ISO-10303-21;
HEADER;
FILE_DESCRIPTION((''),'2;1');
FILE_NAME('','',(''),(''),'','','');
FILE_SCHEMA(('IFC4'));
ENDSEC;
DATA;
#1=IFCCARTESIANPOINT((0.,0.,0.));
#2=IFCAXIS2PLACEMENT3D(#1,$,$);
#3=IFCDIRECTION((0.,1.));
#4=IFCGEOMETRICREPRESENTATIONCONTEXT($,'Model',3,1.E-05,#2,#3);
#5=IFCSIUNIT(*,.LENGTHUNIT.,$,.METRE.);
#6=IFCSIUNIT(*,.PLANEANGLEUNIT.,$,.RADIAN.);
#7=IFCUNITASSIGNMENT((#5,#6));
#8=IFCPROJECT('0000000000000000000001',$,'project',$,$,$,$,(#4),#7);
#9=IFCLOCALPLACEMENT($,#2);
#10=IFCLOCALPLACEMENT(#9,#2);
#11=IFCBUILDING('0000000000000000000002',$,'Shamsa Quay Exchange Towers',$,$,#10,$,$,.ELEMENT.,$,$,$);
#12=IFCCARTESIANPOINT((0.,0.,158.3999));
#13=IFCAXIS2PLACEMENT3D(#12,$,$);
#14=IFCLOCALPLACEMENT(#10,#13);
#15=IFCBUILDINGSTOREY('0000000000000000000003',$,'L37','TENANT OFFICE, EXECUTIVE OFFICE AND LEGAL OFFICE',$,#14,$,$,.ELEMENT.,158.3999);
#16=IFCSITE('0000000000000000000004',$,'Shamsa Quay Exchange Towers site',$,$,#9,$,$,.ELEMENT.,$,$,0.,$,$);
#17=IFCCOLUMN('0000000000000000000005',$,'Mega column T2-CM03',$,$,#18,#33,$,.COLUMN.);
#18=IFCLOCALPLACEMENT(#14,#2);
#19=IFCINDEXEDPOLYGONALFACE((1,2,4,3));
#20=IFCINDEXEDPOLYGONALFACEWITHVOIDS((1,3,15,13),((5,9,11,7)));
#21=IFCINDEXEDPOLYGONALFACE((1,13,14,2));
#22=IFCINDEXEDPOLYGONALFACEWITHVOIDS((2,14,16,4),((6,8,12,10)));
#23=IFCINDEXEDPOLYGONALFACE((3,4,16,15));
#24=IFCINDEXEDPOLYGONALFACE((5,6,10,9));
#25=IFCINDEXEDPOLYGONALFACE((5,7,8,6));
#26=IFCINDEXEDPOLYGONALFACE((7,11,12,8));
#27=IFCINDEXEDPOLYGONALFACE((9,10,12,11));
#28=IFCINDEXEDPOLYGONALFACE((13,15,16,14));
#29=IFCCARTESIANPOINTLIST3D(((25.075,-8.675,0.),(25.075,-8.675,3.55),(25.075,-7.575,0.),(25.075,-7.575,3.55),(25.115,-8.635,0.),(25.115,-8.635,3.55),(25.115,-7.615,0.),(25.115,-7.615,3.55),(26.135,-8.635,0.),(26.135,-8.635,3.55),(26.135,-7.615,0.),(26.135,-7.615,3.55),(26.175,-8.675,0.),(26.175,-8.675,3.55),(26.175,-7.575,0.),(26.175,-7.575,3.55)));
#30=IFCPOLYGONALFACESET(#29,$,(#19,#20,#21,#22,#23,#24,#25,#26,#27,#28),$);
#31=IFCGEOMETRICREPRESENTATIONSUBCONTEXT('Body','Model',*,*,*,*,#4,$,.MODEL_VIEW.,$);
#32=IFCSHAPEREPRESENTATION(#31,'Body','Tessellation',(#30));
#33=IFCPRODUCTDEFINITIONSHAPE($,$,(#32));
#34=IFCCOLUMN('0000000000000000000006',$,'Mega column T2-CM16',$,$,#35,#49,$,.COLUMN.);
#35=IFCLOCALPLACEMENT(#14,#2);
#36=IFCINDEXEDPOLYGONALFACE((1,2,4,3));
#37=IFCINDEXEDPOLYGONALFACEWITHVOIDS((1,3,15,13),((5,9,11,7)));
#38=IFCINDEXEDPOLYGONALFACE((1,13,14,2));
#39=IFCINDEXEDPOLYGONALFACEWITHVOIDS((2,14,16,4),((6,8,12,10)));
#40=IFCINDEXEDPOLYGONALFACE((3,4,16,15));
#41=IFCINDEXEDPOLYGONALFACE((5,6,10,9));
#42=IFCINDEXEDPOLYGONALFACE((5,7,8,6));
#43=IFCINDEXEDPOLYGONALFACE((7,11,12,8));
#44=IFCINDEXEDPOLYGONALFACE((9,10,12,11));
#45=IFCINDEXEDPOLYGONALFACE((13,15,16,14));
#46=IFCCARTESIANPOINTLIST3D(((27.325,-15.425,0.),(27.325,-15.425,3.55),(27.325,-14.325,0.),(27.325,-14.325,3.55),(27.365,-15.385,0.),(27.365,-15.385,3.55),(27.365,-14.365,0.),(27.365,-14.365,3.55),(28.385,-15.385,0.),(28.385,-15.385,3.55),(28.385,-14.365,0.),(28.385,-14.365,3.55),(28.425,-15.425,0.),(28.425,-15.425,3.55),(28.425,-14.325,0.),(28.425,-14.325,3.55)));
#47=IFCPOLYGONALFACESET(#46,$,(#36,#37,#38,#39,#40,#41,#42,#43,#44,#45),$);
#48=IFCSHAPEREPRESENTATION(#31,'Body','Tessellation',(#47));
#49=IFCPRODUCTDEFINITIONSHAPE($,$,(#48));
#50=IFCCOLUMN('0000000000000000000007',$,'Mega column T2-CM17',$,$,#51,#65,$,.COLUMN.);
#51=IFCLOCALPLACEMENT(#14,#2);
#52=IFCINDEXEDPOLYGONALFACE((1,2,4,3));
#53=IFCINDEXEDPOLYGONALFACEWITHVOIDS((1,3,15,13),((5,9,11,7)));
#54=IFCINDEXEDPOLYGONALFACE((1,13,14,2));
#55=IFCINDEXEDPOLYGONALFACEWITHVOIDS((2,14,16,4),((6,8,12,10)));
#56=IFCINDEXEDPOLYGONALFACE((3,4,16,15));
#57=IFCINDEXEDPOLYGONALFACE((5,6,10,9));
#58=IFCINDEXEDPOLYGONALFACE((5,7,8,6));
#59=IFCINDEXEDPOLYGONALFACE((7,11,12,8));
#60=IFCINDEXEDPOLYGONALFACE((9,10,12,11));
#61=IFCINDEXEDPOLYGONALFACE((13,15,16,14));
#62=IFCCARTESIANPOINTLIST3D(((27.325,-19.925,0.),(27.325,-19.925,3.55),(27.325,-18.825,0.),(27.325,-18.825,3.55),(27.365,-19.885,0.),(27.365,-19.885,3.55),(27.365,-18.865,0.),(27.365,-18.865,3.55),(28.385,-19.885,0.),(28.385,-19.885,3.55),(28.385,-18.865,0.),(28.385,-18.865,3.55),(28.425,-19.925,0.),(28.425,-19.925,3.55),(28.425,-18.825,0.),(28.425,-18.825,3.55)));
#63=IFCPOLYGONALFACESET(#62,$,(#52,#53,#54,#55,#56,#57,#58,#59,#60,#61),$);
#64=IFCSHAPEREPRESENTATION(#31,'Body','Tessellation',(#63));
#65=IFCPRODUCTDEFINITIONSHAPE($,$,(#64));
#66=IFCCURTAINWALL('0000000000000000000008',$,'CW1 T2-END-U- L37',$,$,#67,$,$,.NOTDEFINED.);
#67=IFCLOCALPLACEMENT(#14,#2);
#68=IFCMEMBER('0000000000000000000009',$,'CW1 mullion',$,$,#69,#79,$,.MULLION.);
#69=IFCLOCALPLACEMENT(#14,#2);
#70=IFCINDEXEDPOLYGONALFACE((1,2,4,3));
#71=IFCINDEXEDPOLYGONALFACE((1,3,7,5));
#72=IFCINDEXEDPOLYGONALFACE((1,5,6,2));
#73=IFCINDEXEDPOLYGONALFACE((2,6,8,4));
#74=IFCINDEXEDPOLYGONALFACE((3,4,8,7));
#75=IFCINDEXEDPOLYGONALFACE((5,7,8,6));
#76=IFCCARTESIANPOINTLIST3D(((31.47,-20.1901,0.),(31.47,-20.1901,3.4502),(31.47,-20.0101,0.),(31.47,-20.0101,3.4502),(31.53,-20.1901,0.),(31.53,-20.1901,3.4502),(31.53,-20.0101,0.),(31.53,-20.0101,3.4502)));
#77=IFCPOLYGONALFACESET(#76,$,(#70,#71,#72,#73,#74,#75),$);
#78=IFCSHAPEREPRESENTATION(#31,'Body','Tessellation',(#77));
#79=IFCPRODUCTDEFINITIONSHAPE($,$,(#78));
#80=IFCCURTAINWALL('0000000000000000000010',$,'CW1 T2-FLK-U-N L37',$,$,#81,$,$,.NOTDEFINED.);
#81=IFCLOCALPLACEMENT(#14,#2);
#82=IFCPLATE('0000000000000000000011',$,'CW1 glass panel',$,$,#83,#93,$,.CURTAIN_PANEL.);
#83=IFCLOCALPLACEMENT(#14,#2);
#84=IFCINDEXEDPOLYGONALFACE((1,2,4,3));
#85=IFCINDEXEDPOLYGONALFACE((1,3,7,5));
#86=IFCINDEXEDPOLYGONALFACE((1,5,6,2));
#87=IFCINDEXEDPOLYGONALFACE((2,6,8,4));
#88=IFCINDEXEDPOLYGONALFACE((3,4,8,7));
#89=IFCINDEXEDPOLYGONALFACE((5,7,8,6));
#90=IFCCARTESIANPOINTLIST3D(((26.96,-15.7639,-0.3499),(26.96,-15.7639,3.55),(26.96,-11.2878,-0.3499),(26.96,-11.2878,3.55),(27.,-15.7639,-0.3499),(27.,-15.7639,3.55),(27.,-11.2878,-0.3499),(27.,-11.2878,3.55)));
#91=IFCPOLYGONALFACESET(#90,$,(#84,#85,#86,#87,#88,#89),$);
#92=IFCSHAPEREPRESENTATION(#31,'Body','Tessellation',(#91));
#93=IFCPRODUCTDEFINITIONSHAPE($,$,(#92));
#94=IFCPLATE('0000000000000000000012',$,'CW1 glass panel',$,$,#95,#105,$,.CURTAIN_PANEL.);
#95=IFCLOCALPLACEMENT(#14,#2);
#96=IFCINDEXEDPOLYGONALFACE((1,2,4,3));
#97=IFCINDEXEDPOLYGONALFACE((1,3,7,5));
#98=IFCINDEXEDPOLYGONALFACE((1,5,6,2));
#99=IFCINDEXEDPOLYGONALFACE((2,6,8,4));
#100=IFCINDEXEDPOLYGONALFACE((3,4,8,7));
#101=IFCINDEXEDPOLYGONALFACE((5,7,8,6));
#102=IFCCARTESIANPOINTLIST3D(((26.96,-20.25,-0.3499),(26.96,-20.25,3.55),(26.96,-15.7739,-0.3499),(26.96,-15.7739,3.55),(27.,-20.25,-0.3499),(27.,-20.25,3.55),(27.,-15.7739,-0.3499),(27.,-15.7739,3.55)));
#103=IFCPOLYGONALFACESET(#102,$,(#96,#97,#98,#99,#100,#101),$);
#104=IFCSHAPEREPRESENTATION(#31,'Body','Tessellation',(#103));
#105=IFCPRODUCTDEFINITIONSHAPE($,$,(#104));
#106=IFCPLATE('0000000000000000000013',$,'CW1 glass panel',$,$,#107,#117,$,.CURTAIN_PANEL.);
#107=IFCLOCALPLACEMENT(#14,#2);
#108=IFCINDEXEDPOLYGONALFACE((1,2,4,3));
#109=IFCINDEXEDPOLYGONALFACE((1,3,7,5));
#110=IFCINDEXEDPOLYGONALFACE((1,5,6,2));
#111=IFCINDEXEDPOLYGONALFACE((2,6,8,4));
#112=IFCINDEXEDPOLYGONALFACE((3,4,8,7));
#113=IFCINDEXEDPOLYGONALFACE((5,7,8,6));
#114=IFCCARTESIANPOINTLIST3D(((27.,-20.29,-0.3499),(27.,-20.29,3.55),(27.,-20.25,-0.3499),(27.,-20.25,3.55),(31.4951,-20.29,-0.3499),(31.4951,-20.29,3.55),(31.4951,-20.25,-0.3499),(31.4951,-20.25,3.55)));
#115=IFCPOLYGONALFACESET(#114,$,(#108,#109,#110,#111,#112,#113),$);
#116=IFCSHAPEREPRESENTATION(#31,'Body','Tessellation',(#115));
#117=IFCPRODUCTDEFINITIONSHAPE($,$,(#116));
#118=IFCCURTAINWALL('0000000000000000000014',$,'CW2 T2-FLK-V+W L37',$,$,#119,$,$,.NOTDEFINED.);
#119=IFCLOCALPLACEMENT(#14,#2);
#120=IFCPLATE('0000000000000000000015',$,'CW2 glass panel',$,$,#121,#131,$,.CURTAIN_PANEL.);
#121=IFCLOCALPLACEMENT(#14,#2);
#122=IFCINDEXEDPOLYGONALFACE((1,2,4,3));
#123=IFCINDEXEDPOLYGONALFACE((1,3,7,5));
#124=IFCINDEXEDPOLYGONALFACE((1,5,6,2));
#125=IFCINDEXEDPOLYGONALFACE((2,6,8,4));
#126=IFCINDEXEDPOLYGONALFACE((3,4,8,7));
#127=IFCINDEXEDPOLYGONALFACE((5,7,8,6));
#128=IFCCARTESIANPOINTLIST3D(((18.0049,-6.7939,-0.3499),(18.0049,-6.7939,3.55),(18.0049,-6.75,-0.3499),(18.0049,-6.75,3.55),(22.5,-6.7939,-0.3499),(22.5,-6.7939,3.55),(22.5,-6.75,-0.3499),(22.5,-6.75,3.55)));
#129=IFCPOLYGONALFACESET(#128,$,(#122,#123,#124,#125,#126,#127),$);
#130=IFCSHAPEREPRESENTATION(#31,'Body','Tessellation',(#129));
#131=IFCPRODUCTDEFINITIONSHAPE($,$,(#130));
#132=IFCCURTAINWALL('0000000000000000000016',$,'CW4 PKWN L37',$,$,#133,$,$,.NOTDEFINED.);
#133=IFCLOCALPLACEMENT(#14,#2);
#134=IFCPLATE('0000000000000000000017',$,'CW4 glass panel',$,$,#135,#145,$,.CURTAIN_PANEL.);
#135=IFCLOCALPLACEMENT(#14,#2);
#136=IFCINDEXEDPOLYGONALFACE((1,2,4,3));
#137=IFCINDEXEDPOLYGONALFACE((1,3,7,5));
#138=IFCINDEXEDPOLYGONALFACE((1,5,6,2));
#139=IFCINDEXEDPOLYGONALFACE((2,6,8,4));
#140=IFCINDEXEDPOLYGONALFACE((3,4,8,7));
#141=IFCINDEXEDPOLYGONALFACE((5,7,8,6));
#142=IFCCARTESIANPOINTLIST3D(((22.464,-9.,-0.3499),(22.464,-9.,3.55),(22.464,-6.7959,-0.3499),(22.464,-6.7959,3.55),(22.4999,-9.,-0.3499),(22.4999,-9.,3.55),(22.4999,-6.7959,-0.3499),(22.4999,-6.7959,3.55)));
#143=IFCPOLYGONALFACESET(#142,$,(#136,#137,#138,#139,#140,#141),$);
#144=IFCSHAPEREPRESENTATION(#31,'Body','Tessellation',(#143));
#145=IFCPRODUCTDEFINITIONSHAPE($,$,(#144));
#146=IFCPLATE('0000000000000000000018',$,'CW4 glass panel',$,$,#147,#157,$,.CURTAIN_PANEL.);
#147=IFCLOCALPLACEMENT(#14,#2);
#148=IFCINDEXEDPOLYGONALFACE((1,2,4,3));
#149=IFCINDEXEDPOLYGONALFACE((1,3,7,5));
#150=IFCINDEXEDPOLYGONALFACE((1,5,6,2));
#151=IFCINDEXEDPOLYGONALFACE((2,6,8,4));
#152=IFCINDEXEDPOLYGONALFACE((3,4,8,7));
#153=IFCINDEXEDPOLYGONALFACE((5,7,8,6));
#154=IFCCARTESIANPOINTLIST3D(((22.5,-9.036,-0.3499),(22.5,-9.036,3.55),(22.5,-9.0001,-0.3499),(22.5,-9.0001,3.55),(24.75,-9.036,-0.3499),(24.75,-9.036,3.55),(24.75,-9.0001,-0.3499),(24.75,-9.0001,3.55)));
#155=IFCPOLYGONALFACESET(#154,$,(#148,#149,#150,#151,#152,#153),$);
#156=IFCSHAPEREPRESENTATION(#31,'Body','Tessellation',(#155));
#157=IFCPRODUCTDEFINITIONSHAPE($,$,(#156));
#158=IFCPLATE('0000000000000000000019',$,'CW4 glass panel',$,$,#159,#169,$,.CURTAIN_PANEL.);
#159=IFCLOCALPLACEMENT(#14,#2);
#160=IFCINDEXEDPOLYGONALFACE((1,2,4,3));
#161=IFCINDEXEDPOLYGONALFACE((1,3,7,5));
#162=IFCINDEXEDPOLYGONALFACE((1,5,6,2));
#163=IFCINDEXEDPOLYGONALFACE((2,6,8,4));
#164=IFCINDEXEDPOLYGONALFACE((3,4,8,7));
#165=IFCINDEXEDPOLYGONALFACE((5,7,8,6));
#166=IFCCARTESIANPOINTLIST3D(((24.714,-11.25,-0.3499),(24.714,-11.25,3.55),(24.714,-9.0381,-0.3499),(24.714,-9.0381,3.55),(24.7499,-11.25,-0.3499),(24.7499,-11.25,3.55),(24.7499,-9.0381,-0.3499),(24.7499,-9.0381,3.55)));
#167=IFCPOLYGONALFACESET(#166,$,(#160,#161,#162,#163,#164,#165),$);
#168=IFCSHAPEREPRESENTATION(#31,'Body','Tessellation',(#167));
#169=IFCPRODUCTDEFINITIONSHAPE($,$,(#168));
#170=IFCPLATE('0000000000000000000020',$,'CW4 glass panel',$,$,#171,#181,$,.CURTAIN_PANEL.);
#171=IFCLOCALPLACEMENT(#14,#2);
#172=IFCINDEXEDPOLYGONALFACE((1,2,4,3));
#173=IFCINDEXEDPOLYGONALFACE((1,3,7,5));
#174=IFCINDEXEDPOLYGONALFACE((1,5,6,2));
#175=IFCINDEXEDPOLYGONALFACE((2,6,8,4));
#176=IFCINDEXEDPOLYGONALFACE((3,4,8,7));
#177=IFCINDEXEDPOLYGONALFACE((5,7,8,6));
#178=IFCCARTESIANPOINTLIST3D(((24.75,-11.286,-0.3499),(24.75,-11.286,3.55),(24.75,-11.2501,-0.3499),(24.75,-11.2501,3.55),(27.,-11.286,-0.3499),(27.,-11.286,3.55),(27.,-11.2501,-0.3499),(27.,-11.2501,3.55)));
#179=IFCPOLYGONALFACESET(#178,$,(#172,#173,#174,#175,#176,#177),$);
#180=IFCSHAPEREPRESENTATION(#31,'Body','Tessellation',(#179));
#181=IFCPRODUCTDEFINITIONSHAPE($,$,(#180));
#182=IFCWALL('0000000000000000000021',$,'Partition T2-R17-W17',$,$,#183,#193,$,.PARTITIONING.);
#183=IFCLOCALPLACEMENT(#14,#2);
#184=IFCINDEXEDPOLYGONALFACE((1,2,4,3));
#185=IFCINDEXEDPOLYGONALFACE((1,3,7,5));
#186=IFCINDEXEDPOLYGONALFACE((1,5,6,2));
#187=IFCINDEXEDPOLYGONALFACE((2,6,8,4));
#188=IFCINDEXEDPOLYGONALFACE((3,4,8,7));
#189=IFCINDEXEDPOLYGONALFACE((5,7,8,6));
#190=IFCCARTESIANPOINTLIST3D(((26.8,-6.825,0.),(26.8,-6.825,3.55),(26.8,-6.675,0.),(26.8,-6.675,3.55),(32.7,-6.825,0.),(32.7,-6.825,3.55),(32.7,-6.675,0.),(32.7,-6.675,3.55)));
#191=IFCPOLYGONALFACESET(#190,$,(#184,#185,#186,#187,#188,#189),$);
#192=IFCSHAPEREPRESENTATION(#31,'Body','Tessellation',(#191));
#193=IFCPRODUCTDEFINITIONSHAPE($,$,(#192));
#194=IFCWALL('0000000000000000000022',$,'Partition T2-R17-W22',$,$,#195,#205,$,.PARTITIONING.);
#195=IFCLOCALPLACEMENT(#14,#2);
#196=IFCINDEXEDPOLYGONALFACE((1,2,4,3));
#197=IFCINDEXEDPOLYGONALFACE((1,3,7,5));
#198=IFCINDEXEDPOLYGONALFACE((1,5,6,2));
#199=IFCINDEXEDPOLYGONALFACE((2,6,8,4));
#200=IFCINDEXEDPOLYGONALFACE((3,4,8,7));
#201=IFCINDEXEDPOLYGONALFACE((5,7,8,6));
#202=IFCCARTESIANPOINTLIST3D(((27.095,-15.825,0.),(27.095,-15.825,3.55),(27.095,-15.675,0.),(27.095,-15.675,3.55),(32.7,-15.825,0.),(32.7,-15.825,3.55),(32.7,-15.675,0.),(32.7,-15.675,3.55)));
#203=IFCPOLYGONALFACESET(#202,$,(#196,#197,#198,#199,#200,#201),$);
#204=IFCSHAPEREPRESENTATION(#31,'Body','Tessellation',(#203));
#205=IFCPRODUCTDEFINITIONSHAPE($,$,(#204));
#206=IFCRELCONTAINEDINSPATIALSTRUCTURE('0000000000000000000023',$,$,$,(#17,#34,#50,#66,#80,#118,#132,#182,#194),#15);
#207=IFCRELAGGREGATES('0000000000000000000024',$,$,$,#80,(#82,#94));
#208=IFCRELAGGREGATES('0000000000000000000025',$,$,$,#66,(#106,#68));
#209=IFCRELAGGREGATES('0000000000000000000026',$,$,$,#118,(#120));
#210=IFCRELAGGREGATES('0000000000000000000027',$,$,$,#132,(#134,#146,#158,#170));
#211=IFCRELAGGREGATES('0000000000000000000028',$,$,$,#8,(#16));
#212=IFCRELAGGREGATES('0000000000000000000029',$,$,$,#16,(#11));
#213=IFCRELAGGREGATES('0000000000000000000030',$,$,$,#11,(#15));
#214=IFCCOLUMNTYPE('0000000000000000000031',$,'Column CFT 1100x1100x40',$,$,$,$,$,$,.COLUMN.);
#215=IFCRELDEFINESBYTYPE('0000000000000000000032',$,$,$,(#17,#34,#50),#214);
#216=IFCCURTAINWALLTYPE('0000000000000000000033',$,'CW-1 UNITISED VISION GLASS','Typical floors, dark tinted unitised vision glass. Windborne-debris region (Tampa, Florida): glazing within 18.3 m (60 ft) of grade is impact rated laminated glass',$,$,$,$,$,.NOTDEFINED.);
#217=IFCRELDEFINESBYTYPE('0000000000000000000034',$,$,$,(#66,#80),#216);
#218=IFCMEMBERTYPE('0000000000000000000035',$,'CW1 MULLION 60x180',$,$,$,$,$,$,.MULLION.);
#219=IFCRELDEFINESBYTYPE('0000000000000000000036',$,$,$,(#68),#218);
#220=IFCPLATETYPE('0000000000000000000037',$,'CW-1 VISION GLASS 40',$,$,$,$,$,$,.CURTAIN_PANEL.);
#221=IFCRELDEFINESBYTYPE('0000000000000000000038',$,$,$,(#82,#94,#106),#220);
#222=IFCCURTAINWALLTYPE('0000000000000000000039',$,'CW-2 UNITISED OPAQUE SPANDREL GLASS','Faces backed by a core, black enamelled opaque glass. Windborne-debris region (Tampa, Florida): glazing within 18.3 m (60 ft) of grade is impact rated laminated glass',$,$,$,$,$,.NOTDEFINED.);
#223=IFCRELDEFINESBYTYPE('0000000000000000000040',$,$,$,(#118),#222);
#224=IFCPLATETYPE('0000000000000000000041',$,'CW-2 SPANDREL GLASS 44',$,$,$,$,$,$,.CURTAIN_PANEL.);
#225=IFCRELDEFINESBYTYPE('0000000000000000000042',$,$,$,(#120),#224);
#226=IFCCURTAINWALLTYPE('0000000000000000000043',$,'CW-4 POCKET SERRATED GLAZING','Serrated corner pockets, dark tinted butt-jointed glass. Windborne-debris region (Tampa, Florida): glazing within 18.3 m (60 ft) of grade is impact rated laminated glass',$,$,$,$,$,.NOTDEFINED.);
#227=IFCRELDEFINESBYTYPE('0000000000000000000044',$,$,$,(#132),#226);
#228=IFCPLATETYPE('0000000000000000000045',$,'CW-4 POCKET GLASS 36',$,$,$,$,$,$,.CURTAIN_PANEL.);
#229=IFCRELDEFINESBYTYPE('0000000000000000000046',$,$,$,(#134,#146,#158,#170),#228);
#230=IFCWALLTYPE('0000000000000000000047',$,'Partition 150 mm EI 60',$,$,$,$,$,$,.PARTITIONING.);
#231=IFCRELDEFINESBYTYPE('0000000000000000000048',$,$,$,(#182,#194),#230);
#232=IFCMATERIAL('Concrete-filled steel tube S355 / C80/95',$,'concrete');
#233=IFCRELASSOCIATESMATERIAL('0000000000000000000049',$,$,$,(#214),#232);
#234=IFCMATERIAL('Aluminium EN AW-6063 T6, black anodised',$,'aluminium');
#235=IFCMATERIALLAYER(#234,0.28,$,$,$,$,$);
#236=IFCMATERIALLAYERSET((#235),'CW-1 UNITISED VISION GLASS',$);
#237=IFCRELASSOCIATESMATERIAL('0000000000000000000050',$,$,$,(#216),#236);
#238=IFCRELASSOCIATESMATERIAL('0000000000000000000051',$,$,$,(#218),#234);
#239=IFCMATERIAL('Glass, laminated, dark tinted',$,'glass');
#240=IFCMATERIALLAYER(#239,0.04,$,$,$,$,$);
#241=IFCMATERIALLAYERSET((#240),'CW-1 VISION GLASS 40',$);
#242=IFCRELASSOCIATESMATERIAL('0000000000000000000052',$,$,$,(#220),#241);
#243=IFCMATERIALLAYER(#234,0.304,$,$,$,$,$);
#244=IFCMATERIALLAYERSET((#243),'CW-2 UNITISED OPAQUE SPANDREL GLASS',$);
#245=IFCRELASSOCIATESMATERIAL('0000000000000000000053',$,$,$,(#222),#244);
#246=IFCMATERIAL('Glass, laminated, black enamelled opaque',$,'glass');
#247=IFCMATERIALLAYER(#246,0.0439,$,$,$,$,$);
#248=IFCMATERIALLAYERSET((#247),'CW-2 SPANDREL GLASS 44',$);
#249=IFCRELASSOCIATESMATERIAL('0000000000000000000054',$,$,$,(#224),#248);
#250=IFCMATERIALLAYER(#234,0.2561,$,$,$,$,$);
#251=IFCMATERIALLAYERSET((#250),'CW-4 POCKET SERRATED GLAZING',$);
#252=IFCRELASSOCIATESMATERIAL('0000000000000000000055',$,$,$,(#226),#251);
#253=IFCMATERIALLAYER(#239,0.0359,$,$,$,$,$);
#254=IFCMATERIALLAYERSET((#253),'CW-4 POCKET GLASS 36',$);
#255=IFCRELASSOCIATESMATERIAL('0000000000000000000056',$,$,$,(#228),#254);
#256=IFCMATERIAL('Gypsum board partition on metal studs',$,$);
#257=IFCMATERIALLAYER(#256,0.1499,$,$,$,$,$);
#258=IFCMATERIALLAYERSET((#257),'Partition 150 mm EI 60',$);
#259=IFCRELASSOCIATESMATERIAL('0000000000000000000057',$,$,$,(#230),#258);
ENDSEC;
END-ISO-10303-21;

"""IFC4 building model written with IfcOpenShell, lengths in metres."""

from ifc_helpers import new_model, si_unit, direction, frame, frame_2d, origin, origin_2d, place, context, subcontext, project, spatial, rectangle, hollow_rectangle, extrude, material, layer, layer_set, material_profile, profile_set, type_object, element, aggregate, save


model = new_model("IFC4")

# Units and contexts
model_context = context("Model", 3, precision=1e-05, world=origin(), true_north=direction((0.0, 1.0)))
body_context = subcontext(model_context, "Body", "Model", "MODEL_VIEW")
ifc_project = project(units=[si_unit("LENGTHUNIT", "METRE"), si_unit("PLANEANGLEUNIT", "RADIAN")], contexts=[model_context])

# Site, building, storey
site_placement = place(None, origin())
site = spatial("IfcSite", under=ifc_project, at=site_placement, Name="Shamsa Quay Exchange Towers site", CompositionType="ELEMENT", RefElevation=0.0)
building_placement = place(site_placement, origin())
building = spatial("IfcBuilding", under=site, at=building_placement, Name="Shamsa Quay Exchange Towers", CompositionType="ELEMENT")
storey_placement = place(building_placement, frame((0.0, 0.0, 158.3999)))
storey = spatial("IfcBuildingStorey", under=building, at=storey_placement, Name="L37", Description="TENANT OFFICE, EXECUTIVE OFFICE AND LEGAL OFFICE", CompositionType="ELEMENT", Elevation=158.3999)

# Columns
ifc_material_1 = material(Name="Concrete-filled steel tube S355 / C80/95", Category="concrete")
ifc_material_profile_1 = material_profile(ifc_material_1, hollow_rectangle(XDim=1.1001, YDim=1.1001, WallThickness=0.04, at=origin_2d()), Name="CFT 1100x1100x40")
ifc_profile_set_1 = profile_set([ifc_material_profile_1], Name="Concrete-filled steel tube S355 / C80/95")
column_type = type_object("IfcColumnType", Name="Column CFT 1100x1100x40", PredefinedType="COLUMN", material=ifc_profile_set_1)
for number, where, name in (
    (1, (25.625, -8.125, 0.0), "Mega column T2-CM03"),
    (2, (27.875, -14.875, 0.0), "Mega column T2-CM16"),
    (3, (27.875, -19.375, 0.0), "Mega column T2-CM17"),
):
    element("IfcColumn", number, at=place(storey_placement, frame(where)), inside=storey, type_object=column_type, Name=name, PredefinedType="COLUMN", context=body_context, shape_type="SweptSolid", body=[
        extrude(hollow_rectangle(XDim=1.1001, YDim=1.1001, WallThickness=0.04, at=origin_2d()), origin(), (0.0, 0.0, 1.0), 3.55),
    ])

# Curtain wall, member
ifc_material_2 = material(Name="Aluminium EN AW-6063 T6, black anodised", Category="aluminium")
ifc_layer_1 = layer(ifc_material_2, 0.28)
ifc_layer_set_1 = layer_set([ifc_layer_1], Name="CW-1 UNITISED VISION GLASS")
curtain_wall_type_1 = type_object("IfcCurtainWallType", Name="CW-1 UNITISED VISION GLASS", Description="Typical floors, dark tinted unitised vision glass. Windborne-debris region (Tampa, Florida): glazing within 18.3 m (60 ft) of grade is impact rated laminated glass", PredefinedType="NOTDEFINED", material=ifc_layer_set_1)
curtain_wall_1_placement = place(storey_placement, origin())
curtain_wall_1 = element("IfcCurtainWall", 4, at=curtain_wall_1_placement, inside=storey, type_object=curtain_wall_type_1, Name="CW1 T2-END-U- L37", PredefinedType="NOTDEFINED")
ifc_material_profile_2 = material_profile(ifc_material_2, rectangle(XDim=0.1799, YDim=0.0601, at=origin_2d()), Name="MU60x180")
ifc_profile_set_2 = profile_set([ifc_material_profile_2], Name="Aluminium EN AW-6063 T6, black anodised")
member_type = type_object("IfcMemberType", Name="CW1 MULLION 60x180", PredefinedType="MULLION", material=ifc_profile_set_2)
member_placement = place(storey_placement, frame((31.5, -20.1001, 0.0), z_axis=(0.0, 0.0, 1.0), x_axis=(0.0, 1.0, 0.0)))
member = element("IfcMember", 5, at=member_placement, type_object=member_type, Name="CW1 mullion", PredefinedType="MULLION", context=body_context, shape_type="SweptSolid", body=[
    extrude(rectangle(XDim=0.1799, YDim=0.0601, at=origin_2d()), origin(), (0.0, 0.0, 1.0), 3.4502),
])

# Curtain wall, plates
curtain_wall_2_placement = place(storey_placement, origin())
curtain_wall_2 = element("IfcCurtainWall", 6, at=curtain_wall_2_placement, inside=storey, type_object=curtain_wall_type_1, Name="CW1 T2-FLK-U-N L37", PredefinedType="NOTDEFINED")
ifc_material_3 = material(Name="Glass, laminated, dark tinted", Category="glass")
ifc_layer_2 = layer(ifc_material_3, 0.04)
ifc_layer_set_2 = layer_set([ifc_layer_2], Name="CW-1 VISION GLASS 40")
plate_type_1 = type_object("IfcPlateType", Name="CW-1 VISION GLASS 40", PredefinedType="CURTAIN_PANEL", material=ifc_layer_set_2)
plate_1_placement = place(storey_placement, frame((26.98, -13.5259, -0.3499), z_axis=(0.0, 0.0, 1.0), x_axis=(0.0, -1.0, 0.0)))
plate_1 = element("IfcPlate", 7, at=plate_1_placement, type_object=plate_type_1, Name="CW1 glass panel", PredefinedType="CURTAIN_PANEL", context=body_context, shape_type="SweptSolid", body=[
    extrude(rectangle(XDim=4.4761, YDim=0.04, at=origin_2d()), origin(), (0.0, 0.0, 1.0), 3.8999),
])
plate_2_placement = place(storey_placement, frame((26.98, -18.012, -0.3499), z_axis=(0.0, 0.0, 1.0), x_axis=(0.0, -1.0, 0.0)))
plate_2 = element("IfcPlate", 8, at=plate_2_placement, type_object=plate_type_1, Name="CW1 glass panel", PredefinedType="CURTAIN_PANEL", context=body_context, shape_type="SweptSolid", body=[
    extrude(rectangle(XDim=4.4761, YDim=0.04, at=origin_2d()), origin(), (0.0, 0.0, 1.0), 3.8999),
])
aggregate(curtain_wall_2, [plate_1, plate_2])

# Plate
plate_3_placement = place(storey_placement, frame((29.2476, -20.27, -0.3499)))
plate_3 = element("IfcPlate", 9, at=plate_3_placement, type_object=plate_type_1, Name="CW1 glass panel", PredefinedType="CURTAIN_PANEL", context=body_context, shape_type="SweptSolid", body=[
    extrude(rectangle(XDim=4.4951, YDim=0.04, at=origin_2d()), origin(), (0.0, 0.0, 1.0), 3.8999),
])
aggregate(curtain_wall_1, [plate_3, member])

# Curtain wall, plate
ifc_layer_3 = layer(ifc_material_2, 0.304)
ifc_layer_set_3 = layer_set([ifc_layer_3], Name="CW-2 UNITISED OPAQUE SPANDREL GLASS")
curtain_wall_type_2 = type_object("IfcCurtainWallType", Name="CW-2 UNITISED OPAQUE SPANDREL GLASS", Description="Faces backed by a core, black enamelled opaque glass. Windborne-debris region (Tampa, Florida): glazing within 18.3 m (60 ft) of grade is impact rated laminated glass", PredefinedType="NOTDEFINED", material=ifc_layer_set_3)
curtain_wall_3_placement = place(storey_placement, origin())
curtain_wall_3 = element("IfcCurtainWall", 10, at=curtain_wall_3_placement, inside=storey, type_object=curtain_wall_type_2, Name="CW2 T2-FLK-V+W L37", PredefinedType="NOTDEFINED")
ifc_material_4 = material(Name="Glass, laminated, black enamelled opaque", Category="glass")
ifc_layer_4 = layer(ifc_material_4, 0.0439)
ifc_layer_set_4 = layer_set([ifc_layer_4], Name="CW-2 SPANDREL GLASS 44")
plate_type_2 = type_object("IfcPlateType", Name="CW-2 SPANDREL GLASS 44", PredefinedType="CURTAIN_PANEL", material=ifc_layer_set_4)
plate_4_placement = place(storey_placement, frame((20.2524, -6.772, -0.3499)))
plate_4 = element("IfcPlate", 11, at=plate_4_placement, type_object=plate_type_2, Name="CW2 glass panel", PredefinedType="CURTAIN_PANEL", context=body_context, shape_type="SweptSolid", body=[
    extrude(rectangle(XDim=4.4951, YDim=0.0439, at=origin_2d()), origin(), (0.0, 0.0, 1.0), 3.8999),
])
aggregate(curtain_wall_3, [plate_4])

# Curtain wall, plates
ifc_layer_5 = layer(ifc_material_2, 0.2561)
ifc_layer_set_5 = layer_set([ifc_layer_5], Name="CW-4 POCKET SERRATED GLAZING")
curtain_wall_type_3 = type_object("IfcCurtainWallType", Name="CW-4 POCKET SERRATED GLAZING", Description="Serrated corner pockets, dark tinted butt-jointed glass. Windborne-debris region (Tampa, Florida): glazing within 18.3 m (60 ft) of grade is impact rated laminated glass", PredefinedType="NOTDEFINED", material=ifc_layer_set_5)
curtain_wall_4_placement = place(storey_placement, origin())
curtain_wall_4 = element("IfcCurtainWall", 12, at=curtain_wall_4_placement, inside=storey, type_object=curtain_wall_type_3, Name="CW4 PKWN L37", PredefinedType="NOTDEFINED")
ifc_layer_6 = layer(ifc_material_3, 0.0359)
ifc_layer_set_6 = layer_set([ifc_layer_6], Name="CW-4 POCKET GLASS 36")
plate_type_3 = type_object("IfcPlateType", Name="CW-4 POCKET GLASS 36", PredefinedType="CURTAIN_PANEL", material=ifc_layer_set_6)
plate_5_placement = place(storey_placement, frame((22.4819, -7.8979, -0.3499), z_axis=(0.0, 0.0, 1.0), x_axis=(0.0, -1.0, 0.0)))
plate_5 = element("IfcPlate", 13, at=plate_5_placement, type_object=plate_type_3, Name="CW4 glass panel", PredefinedType="CURTAIN_PANEL", context=body_context, shape_type="SweptSolid", body=[
    extrude(rectangle(XDim=2.2041, YDim=0.0359, at=origin_2d()), origin(), (0.0, 0.0, 1.0), 3.8999),
])
plate_6_placement = place(storey_placement, frame((23.625, -9.0181, -0.3499)))
plate_6 = element("IfcPlate", 14, at=plate_6_placement, type_object=plate_type_3, Name="CW4 glass panel", PredefinedType="CURTAIN_PANEL", context=body_context, shape_type="SweptSolid", body=[
    extrude(rectangle(XDim=2.25, YDim=0.0359, at=origin_2d()), origin(), (0.0, 0.0, 1.0), 3.8999),
])
plate_7_placement = place(storey_placement, frame((24.7319, -10.144, -0.3499), z_axis=(0.0, 0.0, 1.0), x_axis=(0.0, -1.0, 0.0)))
plate_7 = element("IfcPlate", 15, at=plate_7_placement, type_object=plate_type_3, Name="CW4 glass panel", PredefinedType="CURTAIN_PANEL", context=body_context, shape_type="SweptSolid", body=[
    extrude(rectangle(XDim=2.2119, YDim=0.0359, at=origin_2d()), origin(), (0.0, 0.0, 1.0), 3.8999),
])
plate_8_placement = place(storey_placement, frame((25.875, -11.2681, -0.3499)))
plate_8 = element("IfcPlate", 16, at=plate_8_placement, type_object=plate_type_3, Name="CW4 glass panel", PredefinedType="CURTAIN_PANEL", context=body_context, shape_type="SweptSolid", body=[
    extrude(rectangle(XDim=2.25, YDim=0.0359, at=origin_2d()), origin(), (0.0, 0.0, 1.0), 3.8999),
])
aggregate(curtain_wall_4, [plate_5, plate_6, plate_7, plate_8])

# Walls
ifc_material_5 = material(Name="Gypsum board partition on metal studs")
ifc_layer_7 = layer(ifc_material_5, 0.1499)
ifc_layer_set_7 = layer_set([ifc_layer_7], Name="Partition 150 mm EI 60")
wall_type_1 = type_object("IfcWallType", Name="Partition 150 mm EI 60", PredefinedType="PARTITIONING", material=ifc_layer_set_7)
wall_1_placement = place(storey_placement, frame((26.8, -6.75, 0.0)))
element("IfcWall", 17, at=wall_1_placement, inside=storey, type_object=wall_type_1, Name="Partition T2-R17-W17", PredefinedType="PARTITIONING", context=body_context, shape_type="SweptSolid", body=[
    extrude(rectangle(XDim=5.8999, YDim=0.1499, at=frame_2d((2.95, 0.0))), origin(), (0.0, 0.0, 1.0), 3.55),
])
wall_2_placement = place(storey_placement, frame((27.095, -15.75, 0.0)))
element("IfcWall", 18, at=wall_2_placement, inside=storey, type_object=wall_type_1, Name="Partition T2-R17-W22", PredefinedType="PARTITIONING", context=body_context, shape_type="SweptSolid", body=[
    extrude(rectangle(XDim=5.605, YDim=0.1499, at=frame_2d((2.8025, 0.0))), origin(), (0.0, 0.0, 1.0), 3.55),
])

save(model, "model.ifc")
